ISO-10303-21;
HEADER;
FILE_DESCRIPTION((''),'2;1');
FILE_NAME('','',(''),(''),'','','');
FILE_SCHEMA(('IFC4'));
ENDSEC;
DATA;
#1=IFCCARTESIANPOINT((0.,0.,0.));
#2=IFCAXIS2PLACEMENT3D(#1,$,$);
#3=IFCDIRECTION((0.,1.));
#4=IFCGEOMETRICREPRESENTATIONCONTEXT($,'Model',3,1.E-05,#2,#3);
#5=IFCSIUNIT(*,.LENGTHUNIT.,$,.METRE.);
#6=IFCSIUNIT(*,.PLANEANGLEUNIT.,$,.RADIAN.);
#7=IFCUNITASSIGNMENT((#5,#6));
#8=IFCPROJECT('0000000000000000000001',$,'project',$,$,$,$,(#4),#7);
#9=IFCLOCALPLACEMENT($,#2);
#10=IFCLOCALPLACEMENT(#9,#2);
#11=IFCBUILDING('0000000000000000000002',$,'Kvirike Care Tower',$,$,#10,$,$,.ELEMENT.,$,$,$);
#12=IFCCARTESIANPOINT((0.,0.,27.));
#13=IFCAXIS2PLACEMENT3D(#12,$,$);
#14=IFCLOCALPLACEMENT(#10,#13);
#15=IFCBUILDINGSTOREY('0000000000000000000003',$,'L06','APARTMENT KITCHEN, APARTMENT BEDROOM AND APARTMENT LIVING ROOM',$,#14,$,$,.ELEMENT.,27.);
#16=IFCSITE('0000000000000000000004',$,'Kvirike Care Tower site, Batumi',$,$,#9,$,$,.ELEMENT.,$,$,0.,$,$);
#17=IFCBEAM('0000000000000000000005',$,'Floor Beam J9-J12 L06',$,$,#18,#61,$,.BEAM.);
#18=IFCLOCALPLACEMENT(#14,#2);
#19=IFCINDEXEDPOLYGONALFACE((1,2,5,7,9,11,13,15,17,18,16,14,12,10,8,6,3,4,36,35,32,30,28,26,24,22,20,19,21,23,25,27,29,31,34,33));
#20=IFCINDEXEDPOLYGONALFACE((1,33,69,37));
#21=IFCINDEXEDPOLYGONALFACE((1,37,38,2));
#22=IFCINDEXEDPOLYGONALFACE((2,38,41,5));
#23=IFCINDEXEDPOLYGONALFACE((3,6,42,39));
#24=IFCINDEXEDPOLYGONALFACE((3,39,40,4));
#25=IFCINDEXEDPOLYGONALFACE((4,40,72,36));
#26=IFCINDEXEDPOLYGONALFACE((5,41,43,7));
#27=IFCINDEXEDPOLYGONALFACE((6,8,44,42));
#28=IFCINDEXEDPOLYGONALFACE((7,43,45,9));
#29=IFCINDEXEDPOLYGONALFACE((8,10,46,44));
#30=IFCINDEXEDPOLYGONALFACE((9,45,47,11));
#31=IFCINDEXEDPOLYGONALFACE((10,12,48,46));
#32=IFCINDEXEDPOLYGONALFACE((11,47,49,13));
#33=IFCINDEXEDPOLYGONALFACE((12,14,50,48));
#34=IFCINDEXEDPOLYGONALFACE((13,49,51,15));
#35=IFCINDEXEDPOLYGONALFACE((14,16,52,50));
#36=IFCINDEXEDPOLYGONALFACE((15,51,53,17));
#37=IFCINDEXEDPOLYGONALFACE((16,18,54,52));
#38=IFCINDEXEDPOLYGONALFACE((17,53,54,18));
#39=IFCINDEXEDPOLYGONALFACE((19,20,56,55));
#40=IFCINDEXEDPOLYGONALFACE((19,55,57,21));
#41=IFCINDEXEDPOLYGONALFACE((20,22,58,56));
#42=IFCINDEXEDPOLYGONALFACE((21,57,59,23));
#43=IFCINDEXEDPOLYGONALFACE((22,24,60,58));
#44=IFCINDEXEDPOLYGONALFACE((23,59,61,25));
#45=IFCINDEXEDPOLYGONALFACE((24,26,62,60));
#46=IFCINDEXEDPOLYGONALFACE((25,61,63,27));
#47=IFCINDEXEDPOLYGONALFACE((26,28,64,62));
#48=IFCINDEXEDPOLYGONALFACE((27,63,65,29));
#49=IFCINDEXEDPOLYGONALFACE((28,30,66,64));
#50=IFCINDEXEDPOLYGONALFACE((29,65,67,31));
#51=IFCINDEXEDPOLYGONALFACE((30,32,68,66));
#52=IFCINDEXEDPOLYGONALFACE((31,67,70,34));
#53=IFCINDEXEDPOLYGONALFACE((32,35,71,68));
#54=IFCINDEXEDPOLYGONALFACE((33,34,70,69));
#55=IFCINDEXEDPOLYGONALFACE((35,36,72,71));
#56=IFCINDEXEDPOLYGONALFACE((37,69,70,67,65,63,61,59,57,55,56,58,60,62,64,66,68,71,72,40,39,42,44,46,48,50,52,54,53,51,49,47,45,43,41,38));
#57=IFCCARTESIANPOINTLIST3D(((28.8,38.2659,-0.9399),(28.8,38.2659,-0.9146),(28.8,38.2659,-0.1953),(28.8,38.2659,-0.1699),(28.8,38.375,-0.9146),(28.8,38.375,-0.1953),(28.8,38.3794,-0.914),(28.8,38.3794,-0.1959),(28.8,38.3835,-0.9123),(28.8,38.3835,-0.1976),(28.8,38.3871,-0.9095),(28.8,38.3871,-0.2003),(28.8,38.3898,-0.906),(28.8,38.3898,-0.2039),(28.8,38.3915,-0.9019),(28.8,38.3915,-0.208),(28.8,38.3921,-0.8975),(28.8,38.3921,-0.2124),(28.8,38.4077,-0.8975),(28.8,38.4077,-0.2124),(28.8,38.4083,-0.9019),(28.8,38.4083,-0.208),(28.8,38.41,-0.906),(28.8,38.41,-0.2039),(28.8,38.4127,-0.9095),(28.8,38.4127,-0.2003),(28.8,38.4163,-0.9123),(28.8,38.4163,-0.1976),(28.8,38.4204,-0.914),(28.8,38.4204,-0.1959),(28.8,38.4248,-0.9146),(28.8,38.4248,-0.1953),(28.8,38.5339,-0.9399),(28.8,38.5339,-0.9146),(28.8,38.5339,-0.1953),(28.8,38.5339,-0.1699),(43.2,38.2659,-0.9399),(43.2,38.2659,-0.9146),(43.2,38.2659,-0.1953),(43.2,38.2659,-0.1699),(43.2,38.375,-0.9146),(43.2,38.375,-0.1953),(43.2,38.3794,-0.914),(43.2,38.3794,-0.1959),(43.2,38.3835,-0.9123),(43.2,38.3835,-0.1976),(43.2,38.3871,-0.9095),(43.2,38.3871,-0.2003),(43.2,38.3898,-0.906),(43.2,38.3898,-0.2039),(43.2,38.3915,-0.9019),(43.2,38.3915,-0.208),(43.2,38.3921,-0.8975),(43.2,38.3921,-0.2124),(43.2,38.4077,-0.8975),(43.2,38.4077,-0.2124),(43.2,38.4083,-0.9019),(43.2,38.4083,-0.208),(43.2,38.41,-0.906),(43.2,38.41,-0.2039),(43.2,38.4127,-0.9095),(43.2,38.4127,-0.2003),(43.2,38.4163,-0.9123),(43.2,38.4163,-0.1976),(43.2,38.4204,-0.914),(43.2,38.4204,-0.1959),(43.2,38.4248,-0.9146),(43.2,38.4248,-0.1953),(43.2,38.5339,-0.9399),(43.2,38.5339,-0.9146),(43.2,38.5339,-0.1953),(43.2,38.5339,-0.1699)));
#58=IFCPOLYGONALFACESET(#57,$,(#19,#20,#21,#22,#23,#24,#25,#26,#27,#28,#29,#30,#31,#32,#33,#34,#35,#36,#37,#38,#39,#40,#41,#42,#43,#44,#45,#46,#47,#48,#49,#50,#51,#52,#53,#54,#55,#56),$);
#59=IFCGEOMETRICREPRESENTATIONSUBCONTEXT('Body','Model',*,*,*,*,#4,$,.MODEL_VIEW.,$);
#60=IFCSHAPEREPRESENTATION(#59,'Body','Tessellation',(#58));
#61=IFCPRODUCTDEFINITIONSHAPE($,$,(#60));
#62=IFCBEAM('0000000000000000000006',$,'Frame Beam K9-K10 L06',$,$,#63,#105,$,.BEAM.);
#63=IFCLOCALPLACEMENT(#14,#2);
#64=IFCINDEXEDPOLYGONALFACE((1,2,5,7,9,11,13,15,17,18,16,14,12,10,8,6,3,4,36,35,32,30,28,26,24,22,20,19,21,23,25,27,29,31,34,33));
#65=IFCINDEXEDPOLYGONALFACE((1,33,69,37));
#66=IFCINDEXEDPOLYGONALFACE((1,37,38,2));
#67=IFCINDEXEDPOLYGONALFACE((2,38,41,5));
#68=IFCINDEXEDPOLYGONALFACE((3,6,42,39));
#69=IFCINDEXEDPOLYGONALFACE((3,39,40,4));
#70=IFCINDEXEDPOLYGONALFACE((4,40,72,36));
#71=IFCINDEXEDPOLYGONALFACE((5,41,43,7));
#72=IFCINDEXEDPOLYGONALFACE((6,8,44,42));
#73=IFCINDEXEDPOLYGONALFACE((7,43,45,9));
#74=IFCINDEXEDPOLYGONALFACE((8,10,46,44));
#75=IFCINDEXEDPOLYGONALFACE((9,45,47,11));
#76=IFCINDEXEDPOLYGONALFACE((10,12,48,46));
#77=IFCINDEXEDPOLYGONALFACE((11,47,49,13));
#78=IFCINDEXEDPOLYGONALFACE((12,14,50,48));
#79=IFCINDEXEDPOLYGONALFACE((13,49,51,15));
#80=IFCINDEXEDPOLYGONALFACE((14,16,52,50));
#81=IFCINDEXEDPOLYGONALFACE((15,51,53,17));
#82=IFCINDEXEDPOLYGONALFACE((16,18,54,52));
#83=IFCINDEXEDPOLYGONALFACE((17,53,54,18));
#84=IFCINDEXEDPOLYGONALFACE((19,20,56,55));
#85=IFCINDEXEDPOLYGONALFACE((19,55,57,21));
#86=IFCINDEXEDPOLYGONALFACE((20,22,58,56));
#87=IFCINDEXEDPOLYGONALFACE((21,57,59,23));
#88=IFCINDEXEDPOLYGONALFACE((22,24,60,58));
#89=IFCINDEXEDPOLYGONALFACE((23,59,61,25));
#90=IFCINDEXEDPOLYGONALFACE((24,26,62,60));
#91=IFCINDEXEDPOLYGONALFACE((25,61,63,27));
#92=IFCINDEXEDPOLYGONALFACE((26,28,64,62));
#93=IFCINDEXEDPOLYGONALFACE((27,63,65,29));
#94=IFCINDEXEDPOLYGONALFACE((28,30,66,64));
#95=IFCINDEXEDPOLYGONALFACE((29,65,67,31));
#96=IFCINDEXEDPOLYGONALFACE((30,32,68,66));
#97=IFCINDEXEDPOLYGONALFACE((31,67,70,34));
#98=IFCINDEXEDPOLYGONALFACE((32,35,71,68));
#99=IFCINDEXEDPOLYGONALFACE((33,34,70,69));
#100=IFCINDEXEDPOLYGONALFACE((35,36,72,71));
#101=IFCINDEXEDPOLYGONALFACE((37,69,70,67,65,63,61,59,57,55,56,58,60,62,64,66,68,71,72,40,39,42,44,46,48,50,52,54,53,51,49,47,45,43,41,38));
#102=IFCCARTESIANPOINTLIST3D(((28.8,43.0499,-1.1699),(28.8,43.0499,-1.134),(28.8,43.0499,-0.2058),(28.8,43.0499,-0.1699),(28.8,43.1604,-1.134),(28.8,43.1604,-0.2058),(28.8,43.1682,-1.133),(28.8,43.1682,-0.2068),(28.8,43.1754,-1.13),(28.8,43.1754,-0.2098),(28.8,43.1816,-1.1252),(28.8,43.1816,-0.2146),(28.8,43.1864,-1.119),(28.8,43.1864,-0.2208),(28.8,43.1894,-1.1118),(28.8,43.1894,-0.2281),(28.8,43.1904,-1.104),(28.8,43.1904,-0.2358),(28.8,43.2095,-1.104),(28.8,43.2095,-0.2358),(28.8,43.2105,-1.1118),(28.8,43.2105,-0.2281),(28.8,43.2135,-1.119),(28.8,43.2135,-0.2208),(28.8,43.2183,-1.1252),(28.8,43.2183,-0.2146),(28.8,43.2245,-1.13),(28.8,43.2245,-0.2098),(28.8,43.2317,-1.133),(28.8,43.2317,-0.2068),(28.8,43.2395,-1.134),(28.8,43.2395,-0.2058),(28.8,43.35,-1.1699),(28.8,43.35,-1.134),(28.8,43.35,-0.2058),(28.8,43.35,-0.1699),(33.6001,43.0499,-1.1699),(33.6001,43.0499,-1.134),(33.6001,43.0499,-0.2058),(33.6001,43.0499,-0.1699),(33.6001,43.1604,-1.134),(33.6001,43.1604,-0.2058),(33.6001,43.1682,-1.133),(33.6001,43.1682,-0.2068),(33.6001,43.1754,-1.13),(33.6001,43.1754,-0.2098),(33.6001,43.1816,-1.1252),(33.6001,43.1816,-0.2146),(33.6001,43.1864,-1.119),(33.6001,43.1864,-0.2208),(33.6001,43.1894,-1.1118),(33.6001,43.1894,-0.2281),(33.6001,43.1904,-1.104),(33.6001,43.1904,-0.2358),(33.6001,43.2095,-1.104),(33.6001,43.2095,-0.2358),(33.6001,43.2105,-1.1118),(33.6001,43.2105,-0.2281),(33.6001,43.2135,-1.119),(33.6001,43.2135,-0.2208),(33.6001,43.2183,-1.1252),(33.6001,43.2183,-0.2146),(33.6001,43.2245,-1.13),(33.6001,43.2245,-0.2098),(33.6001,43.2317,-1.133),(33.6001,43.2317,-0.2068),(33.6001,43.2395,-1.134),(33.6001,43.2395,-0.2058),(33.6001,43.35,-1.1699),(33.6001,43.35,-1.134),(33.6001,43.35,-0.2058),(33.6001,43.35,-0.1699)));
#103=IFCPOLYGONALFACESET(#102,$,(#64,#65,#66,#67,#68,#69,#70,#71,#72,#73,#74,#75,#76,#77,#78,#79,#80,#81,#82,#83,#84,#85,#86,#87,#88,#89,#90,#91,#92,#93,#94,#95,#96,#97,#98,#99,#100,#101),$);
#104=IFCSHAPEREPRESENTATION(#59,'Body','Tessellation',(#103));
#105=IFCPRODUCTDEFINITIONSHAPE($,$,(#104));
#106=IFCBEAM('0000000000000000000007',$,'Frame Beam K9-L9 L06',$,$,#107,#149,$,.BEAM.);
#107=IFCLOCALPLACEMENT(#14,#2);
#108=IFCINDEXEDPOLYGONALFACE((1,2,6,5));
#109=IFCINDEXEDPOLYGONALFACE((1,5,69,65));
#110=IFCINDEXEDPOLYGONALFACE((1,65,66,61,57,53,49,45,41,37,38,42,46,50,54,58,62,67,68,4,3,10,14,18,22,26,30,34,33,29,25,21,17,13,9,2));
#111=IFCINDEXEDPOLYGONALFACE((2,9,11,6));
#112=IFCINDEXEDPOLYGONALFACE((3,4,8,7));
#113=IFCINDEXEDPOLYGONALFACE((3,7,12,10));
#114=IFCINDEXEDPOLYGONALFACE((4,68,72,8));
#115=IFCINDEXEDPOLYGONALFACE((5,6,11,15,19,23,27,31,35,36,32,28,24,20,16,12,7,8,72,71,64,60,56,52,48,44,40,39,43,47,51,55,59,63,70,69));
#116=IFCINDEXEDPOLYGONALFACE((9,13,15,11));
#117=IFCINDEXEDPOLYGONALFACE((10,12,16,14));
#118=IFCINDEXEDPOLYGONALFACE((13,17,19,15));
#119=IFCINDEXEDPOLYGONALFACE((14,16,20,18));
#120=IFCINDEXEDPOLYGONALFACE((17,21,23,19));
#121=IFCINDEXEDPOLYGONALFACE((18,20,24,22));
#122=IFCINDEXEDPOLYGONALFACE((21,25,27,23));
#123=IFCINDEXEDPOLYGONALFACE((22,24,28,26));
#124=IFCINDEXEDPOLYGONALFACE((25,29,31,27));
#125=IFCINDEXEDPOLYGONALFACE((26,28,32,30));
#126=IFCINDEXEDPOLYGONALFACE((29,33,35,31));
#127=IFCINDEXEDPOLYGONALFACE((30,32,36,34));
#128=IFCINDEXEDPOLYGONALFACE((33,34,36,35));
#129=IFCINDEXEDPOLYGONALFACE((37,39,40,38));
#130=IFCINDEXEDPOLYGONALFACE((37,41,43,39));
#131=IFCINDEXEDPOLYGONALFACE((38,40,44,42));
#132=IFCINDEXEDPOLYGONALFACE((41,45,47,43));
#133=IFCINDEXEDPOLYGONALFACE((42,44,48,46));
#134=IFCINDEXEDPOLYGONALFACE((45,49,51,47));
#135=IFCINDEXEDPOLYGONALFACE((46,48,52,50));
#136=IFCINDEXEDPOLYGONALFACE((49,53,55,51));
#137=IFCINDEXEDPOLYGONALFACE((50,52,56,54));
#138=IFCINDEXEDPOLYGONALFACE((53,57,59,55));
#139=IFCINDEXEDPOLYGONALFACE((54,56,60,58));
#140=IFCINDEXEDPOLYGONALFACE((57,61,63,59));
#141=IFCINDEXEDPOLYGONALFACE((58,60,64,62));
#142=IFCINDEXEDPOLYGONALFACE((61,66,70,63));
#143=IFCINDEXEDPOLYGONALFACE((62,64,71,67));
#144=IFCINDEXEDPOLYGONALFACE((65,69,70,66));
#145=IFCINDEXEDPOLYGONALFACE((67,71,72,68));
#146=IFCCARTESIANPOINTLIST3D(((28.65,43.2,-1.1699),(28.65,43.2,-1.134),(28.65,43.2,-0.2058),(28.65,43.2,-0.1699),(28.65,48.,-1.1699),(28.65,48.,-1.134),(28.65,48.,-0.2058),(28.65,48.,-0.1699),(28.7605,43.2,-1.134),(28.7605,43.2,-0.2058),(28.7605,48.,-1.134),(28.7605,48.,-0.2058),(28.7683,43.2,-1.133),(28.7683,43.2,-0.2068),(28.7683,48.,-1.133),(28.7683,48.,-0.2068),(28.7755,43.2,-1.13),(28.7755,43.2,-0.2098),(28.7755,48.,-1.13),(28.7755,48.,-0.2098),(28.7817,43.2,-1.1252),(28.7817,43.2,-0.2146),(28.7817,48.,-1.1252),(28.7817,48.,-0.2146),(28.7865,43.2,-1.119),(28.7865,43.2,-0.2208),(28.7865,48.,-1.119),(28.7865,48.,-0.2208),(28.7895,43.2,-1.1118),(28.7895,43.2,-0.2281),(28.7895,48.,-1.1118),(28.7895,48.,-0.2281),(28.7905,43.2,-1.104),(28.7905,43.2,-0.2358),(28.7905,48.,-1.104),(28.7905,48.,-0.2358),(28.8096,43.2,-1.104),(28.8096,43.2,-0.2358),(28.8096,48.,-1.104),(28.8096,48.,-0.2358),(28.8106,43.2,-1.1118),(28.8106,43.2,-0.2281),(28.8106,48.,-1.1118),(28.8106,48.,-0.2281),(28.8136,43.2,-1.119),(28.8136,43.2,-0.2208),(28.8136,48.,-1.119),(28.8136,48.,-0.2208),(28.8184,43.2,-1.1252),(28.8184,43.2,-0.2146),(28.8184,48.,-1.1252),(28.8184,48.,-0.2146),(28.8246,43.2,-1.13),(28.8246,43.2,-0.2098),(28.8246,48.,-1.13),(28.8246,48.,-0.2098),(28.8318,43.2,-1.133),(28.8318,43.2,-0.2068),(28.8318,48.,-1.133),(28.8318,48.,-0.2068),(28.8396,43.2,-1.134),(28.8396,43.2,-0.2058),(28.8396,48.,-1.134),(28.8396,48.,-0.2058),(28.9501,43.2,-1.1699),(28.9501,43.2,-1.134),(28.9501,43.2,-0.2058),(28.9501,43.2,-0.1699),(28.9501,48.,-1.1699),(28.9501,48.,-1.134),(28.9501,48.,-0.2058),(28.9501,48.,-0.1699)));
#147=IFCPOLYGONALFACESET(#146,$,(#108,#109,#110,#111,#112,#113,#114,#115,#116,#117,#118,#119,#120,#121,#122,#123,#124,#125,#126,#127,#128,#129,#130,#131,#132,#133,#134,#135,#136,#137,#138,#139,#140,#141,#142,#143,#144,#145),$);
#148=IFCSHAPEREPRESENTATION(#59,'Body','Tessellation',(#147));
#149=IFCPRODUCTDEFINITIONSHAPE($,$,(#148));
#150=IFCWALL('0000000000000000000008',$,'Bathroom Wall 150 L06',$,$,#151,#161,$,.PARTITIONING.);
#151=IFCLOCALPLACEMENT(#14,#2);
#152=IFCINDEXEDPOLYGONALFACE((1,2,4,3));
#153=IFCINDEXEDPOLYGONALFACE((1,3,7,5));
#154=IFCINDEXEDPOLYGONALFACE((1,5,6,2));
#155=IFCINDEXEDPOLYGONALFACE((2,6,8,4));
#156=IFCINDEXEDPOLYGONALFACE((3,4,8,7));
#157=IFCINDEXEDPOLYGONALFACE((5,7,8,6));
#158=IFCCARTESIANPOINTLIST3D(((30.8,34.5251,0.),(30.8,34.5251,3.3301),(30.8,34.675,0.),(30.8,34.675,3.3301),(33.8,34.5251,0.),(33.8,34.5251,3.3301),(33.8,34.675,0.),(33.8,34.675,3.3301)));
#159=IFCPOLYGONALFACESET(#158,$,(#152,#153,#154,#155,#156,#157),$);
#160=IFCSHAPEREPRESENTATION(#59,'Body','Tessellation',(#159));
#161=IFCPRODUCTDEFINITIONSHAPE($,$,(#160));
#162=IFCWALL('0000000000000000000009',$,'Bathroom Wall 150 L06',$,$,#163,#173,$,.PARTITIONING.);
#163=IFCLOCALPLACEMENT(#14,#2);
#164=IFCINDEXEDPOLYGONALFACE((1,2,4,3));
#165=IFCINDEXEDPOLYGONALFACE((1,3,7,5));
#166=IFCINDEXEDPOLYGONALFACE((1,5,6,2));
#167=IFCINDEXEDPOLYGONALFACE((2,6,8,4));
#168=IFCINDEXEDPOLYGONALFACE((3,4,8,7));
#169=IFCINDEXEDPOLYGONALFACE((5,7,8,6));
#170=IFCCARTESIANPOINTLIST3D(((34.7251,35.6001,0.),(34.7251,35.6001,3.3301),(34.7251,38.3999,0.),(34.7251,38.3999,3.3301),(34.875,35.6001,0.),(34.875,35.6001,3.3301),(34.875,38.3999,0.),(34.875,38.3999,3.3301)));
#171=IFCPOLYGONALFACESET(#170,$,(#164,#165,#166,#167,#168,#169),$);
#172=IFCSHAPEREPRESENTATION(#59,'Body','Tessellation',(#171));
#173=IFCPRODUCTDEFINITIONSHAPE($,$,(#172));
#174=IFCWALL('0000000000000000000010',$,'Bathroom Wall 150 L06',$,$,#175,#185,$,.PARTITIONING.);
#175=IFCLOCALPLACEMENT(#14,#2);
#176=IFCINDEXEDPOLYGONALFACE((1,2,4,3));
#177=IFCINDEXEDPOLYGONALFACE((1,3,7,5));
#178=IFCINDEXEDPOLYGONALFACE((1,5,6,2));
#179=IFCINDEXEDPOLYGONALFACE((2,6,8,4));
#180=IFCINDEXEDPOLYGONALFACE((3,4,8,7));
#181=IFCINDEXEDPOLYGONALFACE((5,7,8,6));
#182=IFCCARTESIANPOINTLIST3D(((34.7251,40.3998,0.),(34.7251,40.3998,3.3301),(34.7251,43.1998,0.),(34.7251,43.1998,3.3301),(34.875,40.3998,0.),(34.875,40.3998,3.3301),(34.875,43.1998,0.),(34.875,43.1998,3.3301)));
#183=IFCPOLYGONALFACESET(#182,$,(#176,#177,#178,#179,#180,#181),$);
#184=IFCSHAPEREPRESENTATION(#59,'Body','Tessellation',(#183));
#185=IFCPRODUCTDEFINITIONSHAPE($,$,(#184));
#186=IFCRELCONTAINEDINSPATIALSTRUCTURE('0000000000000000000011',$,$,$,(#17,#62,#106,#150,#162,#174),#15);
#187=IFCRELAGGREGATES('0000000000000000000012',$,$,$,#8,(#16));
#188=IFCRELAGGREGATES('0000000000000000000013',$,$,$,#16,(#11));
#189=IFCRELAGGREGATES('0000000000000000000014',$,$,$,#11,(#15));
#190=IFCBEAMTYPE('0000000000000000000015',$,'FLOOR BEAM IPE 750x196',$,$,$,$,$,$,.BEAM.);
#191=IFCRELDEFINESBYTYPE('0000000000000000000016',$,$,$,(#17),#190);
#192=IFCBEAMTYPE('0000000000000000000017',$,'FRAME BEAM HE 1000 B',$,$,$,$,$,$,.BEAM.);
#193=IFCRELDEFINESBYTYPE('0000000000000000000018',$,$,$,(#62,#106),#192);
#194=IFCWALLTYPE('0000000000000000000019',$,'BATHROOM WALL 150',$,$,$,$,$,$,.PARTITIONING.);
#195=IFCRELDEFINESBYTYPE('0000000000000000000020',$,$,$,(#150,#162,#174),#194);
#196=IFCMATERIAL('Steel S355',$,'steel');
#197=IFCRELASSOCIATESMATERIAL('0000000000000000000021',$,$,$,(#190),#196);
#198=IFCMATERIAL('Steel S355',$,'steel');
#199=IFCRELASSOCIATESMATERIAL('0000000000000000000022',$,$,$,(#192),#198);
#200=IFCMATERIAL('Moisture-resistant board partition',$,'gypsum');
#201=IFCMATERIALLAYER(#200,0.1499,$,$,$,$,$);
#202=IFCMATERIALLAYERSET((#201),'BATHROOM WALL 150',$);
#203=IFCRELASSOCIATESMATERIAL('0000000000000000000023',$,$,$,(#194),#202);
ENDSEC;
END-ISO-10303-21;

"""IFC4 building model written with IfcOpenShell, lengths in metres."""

from ifc_helpers import new_model, si_unit, direction, frame, frame_2d, origin, origin_2d, place, context, subcontext, project, spatial, rectangle, i_section, extrude, material, layer, layer_set, material_profile, profile_set, type_object, element, save


model = new_model("IFC4")

# Units and contexts
model_context = context("Model", 3, precision=1e-05, world=origin(), true_north=direction((0.0, 1.0)))
body_context = subcontext(model_context, "Body", "Model", "MODEL_VIEW")
ifc_project = project(units=[si_unit("LENGTHUNIT", "METRE"), si_unit("PLANEANGLEUNIT", "RADIAN")], contexts=[model_context])

# Site, building, storey
site_placement = place(None, origin())
site = spatial("IfcSite", under=ifc_project, at=site_placement, Name="Kvirike Care Tower site, Batumi", CompositionType="ELEMENT", RefElevation=0.0)
building_placement = place(site_placement, origin())
building = spatial("IfcBuilding", under=site, at=building_placement, Name="Kvirike Care Tower", CompositionType="ELEMENT")
storey_placement = place(building_placement, frame((0.0, 0.0, 27.0)))
storey = spatial("IfcBuildingStorey", under=building, at=storey_placement, Name="L06", Description="APARTMENT KITCHEN, APARTMENT BEDROOM AND APARTMENT LIVING ROOM", CompositionType="ELEMENT", Elevation=27.0)

# Beams
ifc_material_1 = material(Name="Steel S355", Category="steel")
ifc_material_profile_1 = material_profile(ifc_material_1, i_section(OverallWidth=0.2681, OverallDepth=0.77, WebThickness=0.0156, FlangeThickness=0.0254, FilletRadius=0.0171, at=origin_2d()), Name="IPE 750x196")
ifc_profile_set_1 = profile_set([ifc_material_profile_1], Name="Steel S355")
beam_type_1 = type_object("IfcBeamType", Name="FLOOR BEAM IPE 750x196", PredefinedType="BEAM", material=ifc_profile_set_1)
beam_placement = place(storey_placement, frame((28.8, 38.3999, -0.5549), z_axis=(1.0, 0.0, 0.0), x_axis=(0.0, 1.0, 0.0)))
element("IfcBeam", 1, at=beam_placement, inside=storey, type_object=beam_type_1, Name="Floor Beam J9-J12 L06", PredefinedType="BEAM", context=body_context, shape_type="SweptSolid", body=[
    extrude(i_section(OverallWidth=0.2681, OverallDepth=0.77, WebThickness=0.0156, FlangeThickness=0.0254, FilletRadius=0.0171, at=origin_2d()), origin(), (0.0, 0.0, 1.0), 14.3999),
])
ifc_material_2 = material(Name="Steel S355", Category="steel")
ifc_material_profile_2 = material_profile(ifc_material_2, i_section(OverallWidth=0.3, OverallDepth=1.0, WebThickness=0.019, FlangeThickness=0.0359, FilletRadius=0.03, at=origin_2d()), Name="HE 1000 B")
ifc_profile_set_2 = profile_set([ifc_material_profile_2], Name="Steel S355")
beam_type_2 = type_object("IfcBeamType", Name="FRAME BEAM HE 1000 B", PredefinedType="BEAM", material=ifc_profile_set_2)
for number, where, z_axis, x_axis, name in (
    (2, (28.8, 43.2, -0.6699), (1.0, 0.0, 0.0), (0.0, 1.0, 0.0), "Frame Beam K9-K10 L06"),
    (3, (28.8, 43.2, -0.6699), (0.0, 1.0, 0.0), (-1.0, 0.0, 0.0), "Frame Beam K9-L9 L06"),
):
    element("IfcBeam", number, at=place(storey_placement, frame(where, z_axis=z_axis, x_axis=x_axis)), inside=storey, type_object=beam_type_2, Name=name, PredefinedType="BEAM", context=body_context, shape_type="SweptSolid", body=[
        extrude(i_section(OverallWidth=0.3, OverallDepth=1.0, WebThickness=0.019, FlangeThickness=0.0359, FilletRadius=0.03, at=origin_2d()), origin(), (0.0, 0.0, 1.0), 4.8),
    ])

# Walls
ifc_material_3 = material(Name="Moisture-resistant board partition", Category="gypsum")
ifc_layer_1 = layer(ifc_material_3, 0.1499)
ifc_layer_set_1 = layer_set([ifc_layer_1], Name="BATHROOM WALL 150")
wall_type_1 = type_object("IfcWallType", Name="BATHROOM WALL 150", PredefinedType="PARTITIONING", material=ifc_layer_set_1)
wall_1_placement = place(storey_placement, frame((33.8, 34.6001, 0.0), z_axis=(0.0, 0.0, 1.0), x_axis=(-1.0, 0.0, 0.0)))
element("IfcWall", 4, at=wall_1_placement, inside=storey, type_object=wall_type_1, Name="Bathroom Wall 150 L06", PredefinedType="PARTITIONING", context=body_context, shape_type="SweptSolid", body=[
    extrude(rectangle(XDim=3.0, YDim=0.1499, at=frame_2d((1.5, 0.0))), origin(), (0.0, 0.0, 1.0), 3.3301),
])
wall_2_placement = place(storey_placement, frame((34.8, 35.6001, 0.0), z_axis=(0.0, 0.0, 1.0), x_axis=(0.0, 1.0, 0.0)))
element("IfcWall", 5, at=wall_2_placement, inside=storey, type_object=wall_type_1, Name="Bathroom Wall 150 L06", PredefinedType="PARTITIONING", context=body_context, shape_type="SweptSolid", body=[
    extrude(rectangle(XDim=2.7998, YDim=0.1499, at=frame_2d((1.3999, 0.0))), origin(), (0.0, 0.0, 1.0), 3.3301),
])
wall_3_placement = place(storey_placement, frame((34.8, 40.3999, 0.0), z_axis=(0.0, 0.0, 1.0), x_axis=(0.0, 1.0, 0.0)))
element("IfcWall", 6, at=wall_3_placement, inside=storey, type_object=wall_type_1, Name="Bathroom Wall 150 L06", PredefinedType="PARTITIONING", context=body_context, shape_type="SweptSolid", body=[
    extrude(rectangle(XDim=2.8, YDim=0.1499, at=frame_2d((1.3999, 0.0))), origin(), (0.0, 0.0, 1.0), 3.3301),
])

save(model, "model.ifc")
